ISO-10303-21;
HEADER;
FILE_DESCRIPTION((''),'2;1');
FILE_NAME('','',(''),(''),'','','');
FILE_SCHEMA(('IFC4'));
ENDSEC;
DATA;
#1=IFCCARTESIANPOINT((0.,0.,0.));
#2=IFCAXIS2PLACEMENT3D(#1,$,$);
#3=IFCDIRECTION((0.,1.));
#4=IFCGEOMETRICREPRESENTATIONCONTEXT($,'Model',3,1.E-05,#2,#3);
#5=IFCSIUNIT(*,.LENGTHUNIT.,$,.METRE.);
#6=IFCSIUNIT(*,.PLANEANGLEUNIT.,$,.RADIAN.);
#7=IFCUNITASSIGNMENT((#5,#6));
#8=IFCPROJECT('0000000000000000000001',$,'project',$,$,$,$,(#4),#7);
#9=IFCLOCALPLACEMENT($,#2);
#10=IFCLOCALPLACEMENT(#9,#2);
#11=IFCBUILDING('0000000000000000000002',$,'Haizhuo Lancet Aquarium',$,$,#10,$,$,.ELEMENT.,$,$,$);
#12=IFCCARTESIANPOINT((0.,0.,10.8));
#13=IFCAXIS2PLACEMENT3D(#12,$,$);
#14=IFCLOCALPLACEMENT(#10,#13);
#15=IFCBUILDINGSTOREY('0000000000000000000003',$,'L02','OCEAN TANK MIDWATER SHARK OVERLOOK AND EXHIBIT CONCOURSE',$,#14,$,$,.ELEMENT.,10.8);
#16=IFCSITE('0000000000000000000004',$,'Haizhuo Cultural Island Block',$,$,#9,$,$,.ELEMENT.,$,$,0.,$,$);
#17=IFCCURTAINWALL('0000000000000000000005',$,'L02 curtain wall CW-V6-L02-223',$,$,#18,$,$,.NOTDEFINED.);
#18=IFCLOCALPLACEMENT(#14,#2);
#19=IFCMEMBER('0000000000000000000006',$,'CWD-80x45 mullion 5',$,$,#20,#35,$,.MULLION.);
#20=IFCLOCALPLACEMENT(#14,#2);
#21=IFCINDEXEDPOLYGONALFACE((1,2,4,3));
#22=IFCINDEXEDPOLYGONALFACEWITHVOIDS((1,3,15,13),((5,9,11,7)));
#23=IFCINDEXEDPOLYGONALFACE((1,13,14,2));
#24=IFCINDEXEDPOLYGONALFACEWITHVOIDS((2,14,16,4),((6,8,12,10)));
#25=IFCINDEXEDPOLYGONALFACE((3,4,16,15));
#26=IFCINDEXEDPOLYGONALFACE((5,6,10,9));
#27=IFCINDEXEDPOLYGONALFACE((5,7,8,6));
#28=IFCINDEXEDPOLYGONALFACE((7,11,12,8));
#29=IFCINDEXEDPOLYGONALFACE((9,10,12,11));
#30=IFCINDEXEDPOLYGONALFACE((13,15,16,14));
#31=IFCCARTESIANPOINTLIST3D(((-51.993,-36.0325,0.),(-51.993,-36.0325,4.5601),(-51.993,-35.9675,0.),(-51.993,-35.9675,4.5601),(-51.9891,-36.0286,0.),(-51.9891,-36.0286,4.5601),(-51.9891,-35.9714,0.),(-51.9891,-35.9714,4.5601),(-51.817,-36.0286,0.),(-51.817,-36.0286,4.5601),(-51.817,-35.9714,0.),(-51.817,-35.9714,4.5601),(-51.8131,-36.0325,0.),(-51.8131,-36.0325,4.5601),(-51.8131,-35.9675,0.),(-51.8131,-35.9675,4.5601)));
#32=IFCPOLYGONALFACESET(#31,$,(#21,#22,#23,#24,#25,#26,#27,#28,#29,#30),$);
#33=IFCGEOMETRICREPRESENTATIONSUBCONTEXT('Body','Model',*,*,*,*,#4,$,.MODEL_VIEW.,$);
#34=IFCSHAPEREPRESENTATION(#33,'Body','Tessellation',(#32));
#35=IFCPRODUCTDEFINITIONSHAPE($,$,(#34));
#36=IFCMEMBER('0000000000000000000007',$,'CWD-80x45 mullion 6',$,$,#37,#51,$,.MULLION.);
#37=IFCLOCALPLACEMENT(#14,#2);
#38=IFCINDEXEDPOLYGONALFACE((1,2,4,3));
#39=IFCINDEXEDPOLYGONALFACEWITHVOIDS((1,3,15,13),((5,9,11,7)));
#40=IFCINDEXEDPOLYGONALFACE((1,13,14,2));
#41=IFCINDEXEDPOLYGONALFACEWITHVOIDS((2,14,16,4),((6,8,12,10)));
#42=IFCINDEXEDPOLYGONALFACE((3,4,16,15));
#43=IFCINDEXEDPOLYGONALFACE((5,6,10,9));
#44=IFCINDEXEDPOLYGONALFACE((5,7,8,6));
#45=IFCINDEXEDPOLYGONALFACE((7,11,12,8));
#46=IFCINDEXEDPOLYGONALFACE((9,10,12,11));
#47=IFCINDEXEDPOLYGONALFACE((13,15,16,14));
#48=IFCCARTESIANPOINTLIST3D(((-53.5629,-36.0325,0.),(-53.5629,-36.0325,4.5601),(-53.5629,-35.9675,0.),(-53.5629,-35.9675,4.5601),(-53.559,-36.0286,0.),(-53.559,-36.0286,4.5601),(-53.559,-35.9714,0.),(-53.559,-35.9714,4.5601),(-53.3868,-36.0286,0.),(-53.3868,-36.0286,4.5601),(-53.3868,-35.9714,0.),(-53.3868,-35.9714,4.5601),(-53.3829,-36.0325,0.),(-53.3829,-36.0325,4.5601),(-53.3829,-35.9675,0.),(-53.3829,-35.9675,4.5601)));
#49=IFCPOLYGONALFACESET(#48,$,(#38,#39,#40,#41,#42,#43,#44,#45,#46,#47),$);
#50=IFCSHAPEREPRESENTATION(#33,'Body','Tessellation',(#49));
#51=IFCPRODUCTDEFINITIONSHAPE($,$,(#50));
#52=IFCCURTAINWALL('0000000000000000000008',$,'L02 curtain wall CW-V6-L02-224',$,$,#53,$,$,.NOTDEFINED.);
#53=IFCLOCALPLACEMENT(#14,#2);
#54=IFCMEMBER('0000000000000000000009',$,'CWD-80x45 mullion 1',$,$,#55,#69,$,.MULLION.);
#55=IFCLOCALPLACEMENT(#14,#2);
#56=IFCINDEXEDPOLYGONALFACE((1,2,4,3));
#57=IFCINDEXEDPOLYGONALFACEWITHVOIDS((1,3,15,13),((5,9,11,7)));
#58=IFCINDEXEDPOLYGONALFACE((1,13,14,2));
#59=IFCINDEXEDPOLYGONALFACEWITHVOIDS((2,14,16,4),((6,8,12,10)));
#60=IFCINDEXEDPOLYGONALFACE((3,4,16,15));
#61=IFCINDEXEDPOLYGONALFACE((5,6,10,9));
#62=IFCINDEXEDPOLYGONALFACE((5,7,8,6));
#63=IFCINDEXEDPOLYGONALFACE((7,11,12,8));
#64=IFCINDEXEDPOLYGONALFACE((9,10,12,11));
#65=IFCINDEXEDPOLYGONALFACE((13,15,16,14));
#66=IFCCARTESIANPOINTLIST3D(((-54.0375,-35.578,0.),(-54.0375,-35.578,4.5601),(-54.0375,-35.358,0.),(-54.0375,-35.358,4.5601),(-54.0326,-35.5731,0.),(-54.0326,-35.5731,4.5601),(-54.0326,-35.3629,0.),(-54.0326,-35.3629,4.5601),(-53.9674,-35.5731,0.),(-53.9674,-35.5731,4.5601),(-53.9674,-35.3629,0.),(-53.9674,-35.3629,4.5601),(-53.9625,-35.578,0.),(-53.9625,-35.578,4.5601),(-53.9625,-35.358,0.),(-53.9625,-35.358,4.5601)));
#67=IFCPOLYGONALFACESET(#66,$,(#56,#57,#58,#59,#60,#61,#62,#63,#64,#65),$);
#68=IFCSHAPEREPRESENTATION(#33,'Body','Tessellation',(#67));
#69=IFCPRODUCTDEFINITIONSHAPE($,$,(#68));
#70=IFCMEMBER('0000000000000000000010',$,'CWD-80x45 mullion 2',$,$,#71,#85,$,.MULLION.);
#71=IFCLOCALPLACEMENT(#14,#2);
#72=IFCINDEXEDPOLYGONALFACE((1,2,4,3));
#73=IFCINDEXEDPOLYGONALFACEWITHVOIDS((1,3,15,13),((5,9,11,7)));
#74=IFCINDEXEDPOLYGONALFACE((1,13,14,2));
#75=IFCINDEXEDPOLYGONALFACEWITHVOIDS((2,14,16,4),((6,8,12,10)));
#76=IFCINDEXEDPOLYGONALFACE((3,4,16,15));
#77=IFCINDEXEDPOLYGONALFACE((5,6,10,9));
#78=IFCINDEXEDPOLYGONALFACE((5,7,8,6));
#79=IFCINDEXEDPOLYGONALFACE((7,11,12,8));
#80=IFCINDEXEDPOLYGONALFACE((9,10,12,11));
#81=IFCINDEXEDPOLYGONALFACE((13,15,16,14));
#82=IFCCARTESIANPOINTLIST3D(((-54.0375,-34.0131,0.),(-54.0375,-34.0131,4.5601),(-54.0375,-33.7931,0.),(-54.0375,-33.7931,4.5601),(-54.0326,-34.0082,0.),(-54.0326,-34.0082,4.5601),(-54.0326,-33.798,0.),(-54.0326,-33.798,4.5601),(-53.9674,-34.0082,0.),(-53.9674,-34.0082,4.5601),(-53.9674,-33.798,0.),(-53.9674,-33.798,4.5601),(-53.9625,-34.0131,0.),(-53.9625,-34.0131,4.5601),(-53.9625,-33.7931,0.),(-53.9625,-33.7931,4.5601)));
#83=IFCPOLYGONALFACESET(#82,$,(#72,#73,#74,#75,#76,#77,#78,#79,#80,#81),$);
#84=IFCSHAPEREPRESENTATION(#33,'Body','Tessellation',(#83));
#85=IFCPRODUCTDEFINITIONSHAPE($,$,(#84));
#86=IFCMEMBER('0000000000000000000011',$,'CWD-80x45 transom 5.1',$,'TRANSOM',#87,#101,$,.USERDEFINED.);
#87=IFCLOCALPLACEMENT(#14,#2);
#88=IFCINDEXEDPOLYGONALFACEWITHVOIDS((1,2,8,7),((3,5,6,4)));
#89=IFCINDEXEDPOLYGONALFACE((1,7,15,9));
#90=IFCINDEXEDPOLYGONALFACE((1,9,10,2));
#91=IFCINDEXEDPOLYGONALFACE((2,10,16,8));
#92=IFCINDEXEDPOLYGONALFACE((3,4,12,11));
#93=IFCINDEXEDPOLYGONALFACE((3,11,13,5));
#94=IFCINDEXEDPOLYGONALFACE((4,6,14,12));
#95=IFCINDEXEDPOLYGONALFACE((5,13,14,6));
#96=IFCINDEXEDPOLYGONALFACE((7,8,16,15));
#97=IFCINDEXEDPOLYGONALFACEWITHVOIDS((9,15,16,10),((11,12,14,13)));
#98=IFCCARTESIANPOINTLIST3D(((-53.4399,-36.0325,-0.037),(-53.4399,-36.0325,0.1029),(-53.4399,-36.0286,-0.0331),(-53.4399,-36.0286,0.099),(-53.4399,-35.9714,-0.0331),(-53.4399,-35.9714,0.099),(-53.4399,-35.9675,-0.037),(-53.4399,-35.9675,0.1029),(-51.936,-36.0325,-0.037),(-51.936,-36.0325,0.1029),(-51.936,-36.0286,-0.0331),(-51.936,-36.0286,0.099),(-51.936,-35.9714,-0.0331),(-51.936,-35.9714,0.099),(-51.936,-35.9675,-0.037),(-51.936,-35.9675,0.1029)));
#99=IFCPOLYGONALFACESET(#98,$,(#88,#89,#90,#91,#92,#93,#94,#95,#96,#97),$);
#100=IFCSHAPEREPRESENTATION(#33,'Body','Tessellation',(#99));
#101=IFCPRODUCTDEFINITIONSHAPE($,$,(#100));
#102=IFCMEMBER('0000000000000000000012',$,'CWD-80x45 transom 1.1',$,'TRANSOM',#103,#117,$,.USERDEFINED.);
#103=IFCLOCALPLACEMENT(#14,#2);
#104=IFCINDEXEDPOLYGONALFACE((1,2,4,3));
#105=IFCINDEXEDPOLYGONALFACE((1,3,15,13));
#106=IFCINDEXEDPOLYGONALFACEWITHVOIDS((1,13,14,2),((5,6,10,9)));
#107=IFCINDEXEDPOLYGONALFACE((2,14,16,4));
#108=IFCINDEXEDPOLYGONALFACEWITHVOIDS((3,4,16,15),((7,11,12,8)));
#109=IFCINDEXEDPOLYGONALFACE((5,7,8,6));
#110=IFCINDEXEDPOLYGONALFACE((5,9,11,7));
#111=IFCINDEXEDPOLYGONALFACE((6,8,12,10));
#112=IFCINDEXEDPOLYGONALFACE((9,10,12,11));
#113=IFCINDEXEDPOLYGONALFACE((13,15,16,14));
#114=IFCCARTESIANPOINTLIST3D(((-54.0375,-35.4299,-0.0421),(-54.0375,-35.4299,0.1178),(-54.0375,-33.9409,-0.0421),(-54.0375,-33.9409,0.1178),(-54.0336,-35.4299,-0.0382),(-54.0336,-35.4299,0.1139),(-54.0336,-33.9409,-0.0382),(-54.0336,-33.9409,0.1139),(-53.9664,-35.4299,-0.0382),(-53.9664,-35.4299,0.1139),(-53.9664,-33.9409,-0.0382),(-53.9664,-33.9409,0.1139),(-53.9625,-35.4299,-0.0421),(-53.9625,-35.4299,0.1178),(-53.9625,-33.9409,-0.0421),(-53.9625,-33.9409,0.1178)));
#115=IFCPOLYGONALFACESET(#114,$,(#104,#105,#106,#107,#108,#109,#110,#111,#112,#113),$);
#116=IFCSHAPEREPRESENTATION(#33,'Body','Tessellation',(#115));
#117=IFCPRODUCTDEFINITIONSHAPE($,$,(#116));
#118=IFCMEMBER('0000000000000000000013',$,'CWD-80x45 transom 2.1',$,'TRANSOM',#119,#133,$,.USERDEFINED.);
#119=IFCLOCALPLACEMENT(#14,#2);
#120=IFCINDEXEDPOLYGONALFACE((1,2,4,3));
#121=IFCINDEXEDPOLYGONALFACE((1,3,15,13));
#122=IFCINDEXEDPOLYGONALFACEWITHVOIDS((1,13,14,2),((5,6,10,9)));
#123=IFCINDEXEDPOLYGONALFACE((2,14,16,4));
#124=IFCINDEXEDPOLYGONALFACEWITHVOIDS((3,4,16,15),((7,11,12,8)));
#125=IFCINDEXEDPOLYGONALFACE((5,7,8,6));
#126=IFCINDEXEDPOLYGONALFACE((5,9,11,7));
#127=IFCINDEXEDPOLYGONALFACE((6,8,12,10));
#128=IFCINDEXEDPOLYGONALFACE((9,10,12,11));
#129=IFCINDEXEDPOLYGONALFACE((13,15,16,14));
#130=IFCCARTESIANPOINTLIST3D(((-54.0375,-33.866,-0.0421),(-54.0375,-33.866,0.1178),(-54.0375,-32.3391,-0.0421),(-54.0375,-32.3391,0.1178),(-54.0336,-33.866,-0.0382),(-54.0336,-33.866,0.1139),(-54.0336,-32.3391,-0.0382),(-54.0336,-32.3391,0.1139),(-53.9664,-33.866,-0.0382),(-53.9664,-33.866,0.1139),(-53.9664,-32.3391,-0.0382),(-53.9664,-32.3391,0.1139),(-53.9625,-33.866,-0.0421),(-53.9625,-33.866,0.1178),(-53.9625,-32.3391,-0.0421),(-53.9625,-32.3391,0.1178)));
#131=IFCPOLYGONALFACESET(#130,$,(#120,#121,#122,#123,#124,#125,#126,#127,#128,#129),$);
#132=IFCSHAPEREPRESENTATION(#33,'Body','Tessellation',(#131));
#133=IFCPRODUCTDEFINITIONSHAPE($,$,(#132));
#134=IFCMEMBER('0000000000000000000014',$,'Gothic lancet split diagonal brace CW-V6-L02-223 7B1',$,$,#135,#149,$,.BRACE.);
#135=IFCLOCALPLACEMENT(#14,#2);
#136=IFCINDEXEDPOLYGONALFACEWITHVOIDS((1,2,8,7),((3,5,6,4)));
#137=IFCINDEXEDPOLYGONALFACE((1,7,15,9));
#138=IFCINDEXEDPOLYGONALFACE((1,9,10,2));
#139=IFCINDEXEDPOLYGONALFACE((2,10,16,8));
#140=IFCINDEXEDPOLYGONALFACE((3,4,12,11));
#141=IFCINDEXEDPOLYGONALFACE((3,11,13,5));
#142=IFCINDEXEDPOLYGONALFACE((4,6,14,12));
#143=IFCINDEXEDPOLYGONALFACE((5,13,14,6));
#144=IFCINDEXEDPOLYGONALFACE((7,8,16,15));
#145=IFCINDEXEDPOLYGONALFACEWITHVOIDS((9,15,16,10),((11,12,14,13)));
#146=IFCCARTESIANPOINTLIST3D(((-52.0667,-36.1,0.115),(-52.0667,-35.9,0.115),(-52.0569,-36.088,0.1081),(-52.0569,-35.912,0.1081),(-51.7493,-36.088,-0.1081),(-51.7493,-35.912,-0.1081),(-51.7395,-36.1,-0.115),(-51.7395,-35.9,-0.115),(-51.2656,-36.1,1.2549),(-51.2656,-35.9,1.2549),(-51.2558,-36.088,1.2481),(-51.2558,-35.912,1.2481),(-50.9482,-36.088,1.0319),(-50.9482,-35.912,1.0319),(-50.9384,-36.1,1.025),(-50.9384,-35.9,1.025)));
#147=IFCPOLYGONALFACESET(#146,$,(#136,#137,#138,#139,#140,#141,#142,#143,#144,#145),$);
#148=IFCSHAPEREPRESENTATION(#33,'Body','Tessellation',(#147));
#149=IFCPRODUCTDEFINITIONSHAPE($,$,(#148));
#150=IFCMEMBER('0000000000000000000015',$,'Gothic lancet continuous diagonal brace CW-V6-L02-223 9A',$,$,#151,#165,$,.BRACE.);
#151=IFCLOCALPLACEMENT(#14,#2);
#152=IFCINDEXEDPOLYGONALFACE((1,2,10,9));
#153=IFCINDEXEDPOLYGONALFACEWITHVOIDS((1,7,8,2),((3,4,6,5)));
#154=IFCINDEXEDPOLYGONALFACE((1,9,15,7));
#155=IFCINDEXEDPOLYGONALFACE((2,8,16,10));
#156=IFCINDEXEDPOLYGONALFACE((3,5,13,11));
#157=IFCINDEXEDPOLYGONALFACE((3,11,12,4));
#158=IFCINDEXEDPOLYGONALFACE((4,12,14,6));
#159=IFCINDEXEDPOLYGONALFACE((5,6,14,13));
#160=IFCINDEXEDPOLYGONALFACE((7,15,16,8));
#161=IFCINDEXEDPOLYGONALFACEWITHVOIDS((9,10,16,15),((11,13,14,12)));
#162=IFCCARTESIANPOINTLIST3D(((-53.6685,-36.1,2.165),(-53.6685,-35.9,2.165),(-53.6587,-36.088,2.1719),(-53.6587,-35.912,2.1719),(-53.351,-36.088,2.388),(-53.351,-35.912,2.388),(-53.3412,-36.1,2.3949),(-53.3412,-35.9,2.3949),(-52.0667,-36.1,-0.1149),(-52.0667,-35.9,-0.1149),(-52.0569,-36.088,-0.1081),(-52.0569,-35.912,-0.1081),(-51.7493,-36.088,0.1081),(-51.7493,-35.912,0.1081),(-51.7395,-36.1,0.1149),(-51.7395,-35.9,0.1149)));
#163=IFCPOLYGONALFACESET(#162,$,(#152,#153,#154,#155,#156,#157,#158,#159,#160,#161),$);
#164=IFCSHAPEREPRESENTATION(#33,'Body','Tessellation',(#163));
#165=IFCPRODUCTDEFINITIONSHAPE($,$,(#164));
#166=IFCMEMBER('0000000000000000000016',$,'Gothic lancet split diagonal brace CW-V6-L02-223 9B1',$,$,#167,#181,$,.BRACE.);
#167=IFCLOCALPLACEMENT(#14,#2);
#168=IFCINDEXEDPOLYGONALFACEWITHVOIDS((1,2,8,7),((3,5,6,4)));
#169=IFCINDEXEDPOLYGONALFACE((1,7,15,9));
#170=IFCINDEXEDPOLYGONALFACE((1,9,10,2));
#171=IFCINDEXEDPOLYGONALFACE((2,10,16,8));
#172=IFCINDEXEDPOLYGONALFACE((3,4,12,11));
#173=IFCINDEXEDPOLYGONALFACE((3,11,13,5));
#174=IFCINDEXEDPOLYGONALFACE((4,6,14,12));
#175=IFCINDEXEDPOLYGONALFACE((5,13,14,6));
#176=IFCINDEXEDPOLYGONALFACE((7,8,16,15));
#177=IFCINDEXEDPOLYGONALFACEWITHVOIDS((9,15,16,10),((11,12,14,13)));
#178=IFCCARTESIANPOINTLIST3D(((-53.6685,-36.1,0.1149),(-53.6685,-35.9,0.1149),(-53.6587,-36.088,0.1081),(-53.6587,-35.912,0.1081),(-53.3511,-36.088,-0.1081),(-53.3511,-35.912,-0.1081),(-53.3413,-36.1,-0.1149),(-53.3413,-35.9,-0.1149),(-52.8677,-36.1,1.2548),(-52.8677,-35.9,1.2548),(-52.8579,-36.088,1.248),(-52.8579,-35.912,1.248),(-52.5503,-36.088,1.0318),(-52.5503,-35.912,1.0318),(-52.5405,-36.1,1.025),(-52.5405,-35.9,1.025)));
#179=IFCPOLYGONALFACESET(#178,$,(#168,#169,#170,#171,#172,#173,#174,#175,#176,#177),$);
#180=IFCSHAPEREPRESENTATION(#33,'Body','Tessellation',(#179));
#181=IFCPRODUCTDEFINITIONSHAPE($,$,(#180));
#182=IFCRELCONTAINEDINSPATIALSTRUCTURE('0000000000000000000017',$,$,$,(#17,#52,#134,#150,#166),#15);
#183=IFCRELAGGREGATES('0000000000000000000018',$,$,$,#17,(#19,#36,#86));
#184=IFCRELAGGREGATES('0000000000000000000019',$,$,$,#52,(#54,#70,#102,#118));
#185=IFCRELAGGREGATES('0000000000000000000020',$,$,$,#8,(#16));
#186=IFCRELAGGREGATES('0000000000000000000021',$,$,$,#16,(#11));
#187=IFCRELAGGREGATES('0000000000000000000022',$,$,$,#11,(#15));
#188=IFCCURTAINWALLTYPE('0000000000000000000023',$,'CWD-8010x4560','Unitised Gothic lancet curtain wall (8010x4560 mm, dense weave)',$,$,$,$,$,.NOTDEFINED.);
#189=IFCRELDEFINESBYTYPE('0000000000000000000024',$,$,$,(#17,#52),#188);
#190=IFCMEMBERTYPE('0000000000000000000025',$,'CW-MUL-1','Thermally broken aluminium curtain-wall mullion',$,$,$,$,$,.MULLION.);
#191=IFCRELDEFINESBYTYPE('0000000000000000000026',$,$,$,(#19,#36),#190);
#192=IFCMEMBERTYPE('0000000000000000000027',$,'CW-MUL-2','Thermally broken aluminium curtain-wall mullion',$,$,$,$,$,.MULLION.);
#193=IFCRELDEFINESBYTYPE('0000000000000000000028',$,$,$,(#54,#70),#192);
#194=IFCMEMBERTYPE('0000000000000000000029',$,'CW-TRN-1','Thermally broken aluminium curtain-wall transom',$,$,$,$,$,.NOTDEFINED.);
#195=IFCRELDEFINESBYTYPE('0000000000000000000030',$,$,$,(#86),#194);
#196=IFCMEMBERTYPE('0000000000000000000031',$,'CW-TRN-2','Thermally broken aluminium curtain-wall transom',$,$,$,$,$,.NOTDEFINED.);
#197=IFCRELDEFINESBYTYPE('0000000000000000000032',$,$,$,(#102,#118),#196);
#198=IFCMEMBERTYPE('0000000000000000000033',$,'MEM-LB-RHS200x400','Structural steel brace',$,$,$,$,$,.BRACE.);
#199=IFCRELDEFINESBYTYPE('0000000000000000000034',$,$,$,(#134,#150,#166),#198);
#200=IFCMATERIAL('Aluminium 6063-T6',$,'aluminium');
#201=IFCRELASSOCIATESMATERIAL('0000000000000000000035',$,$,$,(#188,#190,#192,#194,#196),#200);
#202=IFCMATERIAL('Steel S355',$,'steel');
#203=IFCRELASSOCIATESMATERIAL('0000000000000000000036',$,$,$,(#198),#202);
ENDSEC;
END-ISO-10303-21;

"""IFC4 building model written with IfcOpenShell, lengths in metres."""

from ifc_helpers import new_model, si_unit, direction, frame, origin, origin_2d, place, context, subcontext, project, spatial, hollow_rectangle, extrude, material, material_profile, profile_set, type_object, element, aggregate, save


model = new_model("IFC4")

# Units and contexts
model_context = context("Model", 3, precision=1e-05, world=origin(), true_north=direction((0.0, 1.0)))
body_context = subcontext(model_context, "Body", "Model", "MODEL_VIEW")
ifc_project = project(units=[si_unit("LENGTHUNIT", "METRE"), si_unit("PLANEANGLEUNIT", "RADIAN")], contexts=[model_context])

# Site, building, storey
site_placement = place(None, origin())
site = spatial("IfcSite", under=ifc_project, at=site_placement, Name="Haizhuo Cultural Island Block", CompositionType="ELEMENT", RefElevation=0.0)
building_placement = place(site_placement, origin())
building = spatial("IfcBuilding", under=site, at=building_placement, Name="Haizhuo Lancet Aquarium", CompositionType="ELEMENT")
storey_placement = place(building_placement, frame((0.0, 0.0, 10.8)))
storey = spatial("IfcBuildingStorey", under=building, at=storey_placement, Name="L02", Description="OCEAN TANK MIDWATER SHARK OVERLOOK AND EXHIBIT CONCOURSE", CompositionType="ELEMENT", Elevation=10.8)

# Curtain walls, members
ifc_material_1 = material(Name="Aluminium 6063-T6", Category="aluminium")
curtain_wall_type = type_object("IfcCurtainWallType", Name="CWD-8010x4560", Description="Unitised Gothic lancet curtain wall (8010x4560 mm, dense weave)", PredefinedType="NOTDEFINED", material=ifc_material_1)
curtain_wall_1_placement = place(storey_placement, origin())
curtain_wall_1 = element("IfcCurtainWall", 1, at=curtain_wall_1_placement, inside=storey, type_object=curtain_wall_type, Name="L02 curtain wall CW-V6-L02-223", PredefinedType="NOTDEFINED")
ifc_material_profile_1 = material_profile(ifc_material_1, hollow_rectangle(XDim=0.0649, YDim=0.1799, WallThickness=0.0039, at=origin_2d()), Name="ALU-M 65x180x4")
ifc_profile_set_1 = profile_set([ifc_material_profile_1], Name="Aluminium 6063-T6")
member_type_1 = type_object("IfcMemberType", Name="CW-MUL-1", Description="Thermally broken aluminium curtain-wall mullion", PredefinedType="MULLION", material=ifc_profile_set_1)
member_1_placement = place(storey_placement, frame((-51.9031, -36.0, 0.0), z_axis=(0.0, 0.0, 1.0), x_axis=(0.0, -1.0, 0.0)))
member_1 = element("IfcMember", 2, at=member_1_placement, type_object=member_type_1, Name="CWD-80x45 mullion 5", PredefinedType="MULLION", context=body_context, shape_type="SweptSolid", body=[
    extrude(hollow_rectangle(XDim=0.0649, YDim=0.1799, WallThickness=0.0039, at=origin_2d()), origin(), (0.0, 0.0, 1.0), 4.5601),
])
member_2_placement = place(storey_placement, frame((-53.4729, -36.0, 0.0), z_axis=(0.0, 0.0, 1.0), x_axis=(0.0, -1.0, 0.0)))
member_2 = element("IfcMember", 3, at=member_2_placement, type_object=member_type_1, Name="CWD-80x45 mullion 6", PredefinedType="MULLION", context=body_context, shape_type="SweptSolid", body=[
    extrude(hollow_rectangle(XDim=0.0649, YDim=0.1799, WallThickness=0.0039, at=origin_2d()), origin(), (0.0, 0.0, 1.0), 4.5601),
])
curtain_wall_2_placement = place(storey_placement, origin())
curtain_wall_2 = element("IfcCurtainWall", 4, at=curtain_wall_2_placement, inside=storey, type_object=curtain_wall_type, Name="L02 curtain wall CW-V6-L02-224", PredefinedType="NOTDEFINED")
ifc_material_profile_2 = material_profile(ifc_material_1, hollow_rectangle(XDim=0.075, YDim=0.22, WallThickness=0.0049, at=origin_2d()), Name="ALU-M 75x220x5")
ifc_profile_set_2 = profile_set([ifc_material_profile_2], Name="Aluminium 6063-T6")
member_type_2 = type_object("IfcMemberType", Name="CW-MUL-2", Description="Thermally broken aluminium curtain-wall mullion", PredefinedType="MULLION", material=ifc_profile_set_2)
member_3_placement = place(storey_placement, frame((-54.0, -35.468, 0.0), z_axis=(0.0, 0.0, 1.0), x_axis=(-1.0, 0.0, 0.0)))
member_3 = element("IfcMember", 5, at=member_3_placement, type_object=member_type_2, Name="CWD-80x45 mullion 1", PredefinedType="MULLION", context=body_context, shape_type="SweptSolid", body=[
    extrude(hollow_rectangle(XDim=0.075, YDim=0.22, WallThickness=0.0049, at=origin_2d()), origin(), (0.0, 0.0, 1.0), 4.5601),
])
member_4_placement = place(storey_placement, frame((-54.0, -33.9031, 0.0), z_axis=(0.0, 0.0, 1.0), x_axis=(-1.0, 0.0, 0.0)))
member_4 = element("IfcMember", 6, at=member_4_placement, type_object=member_type_2, Name="CWD-80x45 mullion 2", PredefinedType="MULLION", context=body_context, shape_type="SweptSolid", body=[
    extrude(hollow_rectangle(XDim=0.075, YDim=0.22, WallThickness=0.0049, at=origin_2d()), origin(), (0.0, 0.0, 1.0), 4.5601),
])

# Members
ifc_material_profile_3 = material_profile(ifc_material_1, hollow_rectangle(XDim=0.0649, YDim=0.1399, WallThickness=0.0039, at=origin_2d()), Name="ALU-T 65x140x4")
ifc_profile_set_3 = profile_set([ifc_material_profile_3], Name="Aluminium 6063-T6")
member_type_3 = type_object("IfcMemberType", Name="CW-TRN-1", Description="Thermally broken aluminium curtain-wall transom", PredefinedType="NOTDEFINED", material=ifc_profile_set_3)
member_5_placement = place(storey_placement, frame((-51.936, -36.0, 0.033), z_axis=(-1.0, 0.0, 0.0), x_axis=(0.0, -1.0, 0.0)))
member_5 = element("IfcMember", 7, at=member_5_placement, type_object=member_type_3, Name="CWD-80x45 transom 5.1", ObjectType="TRANSOM", PredefinedType="USERDEFINED", context=body_context, shape_type="SweptSolid", body=[
    extrude(hollow_rectangle(XDim=0.0649, YDim=0.1399, WallThickness=0.0039, at=origin_2d()), origin(), (0.0, 0.0, 1.0), 1.5039),
])
ifc_material_profile_4 = material_profile(ifc_material_1, hollow_rectangle(XDim=0.075, YDim=0.1599, WallThickness=0.0039, at=origin_2d()), Name="ALU-T 75x160x4")
ifc_profile_set_4 = profile_set([ifc_material_profile_4], Name="Aluminium 6063-T6")
member_type_4 = type_object("IfcMemberType", Name="CW-TRN-2", Description="Thermally broken aluminium curtain-wall transom", PredefinedType="NOTDEFINED", material=ifc_profile_set_4)
member_6_placement = place(storey_placement, frame((-54.0, -35.4299, 0.0378), z_axis=(0.0, 1.0, 0.0), x_axis=(-1.0, 0.0, 0.0)))
member_6 = element("IfcMember", 8, at=member_6_placement, type_object=member_type_4, Name="CWD-80x45 transom 1.1", ObjectType="TRANSOM", PredefinedType="USERDEFINED", context=body_context, shape_type="SweptSolid", body=[
    extrude(hollow_rectangle(XDim=0.075, YDim=0.1599, WallThickness=0.0039, at=origin_2d()), origin(), (0.0, 0.0, 1.0), 1.489),
])
member_7_placement = place(storey_placement, frame((-54.0, -33.866, 0.0378), z_axis=(0.0, 1.0, 0.0), x_axis=(-1.0, 0.0, 0.0)))
member_7 = element("IfcMember", 9, at=member_7_placement, type_object=member_type_4, Name="CWD-80x45 transom 2.1", ObjectType="TRANSOM", PredefinedType="USERDEFINED", context=body_context, shape_type="SweptSolid", body=[
    extrude(hollow_rectangle(XDim=0.075, YDim=0.1599, WallThickness=0.0039, at=origin_2d()), origin(), (0.0, 0.0, 1.0), 1.5269),
])

# Members
ifc_material_2 = material(Name="Steel S355", Category="steel")
ifc_material_profile_5 = material_profile(ifc_material_2, hollow_rectangle(XDim=0.2, YDim=0.3999, WallThickness=0.012, at=origin_2d()), Name="RHS 200x400x12")
ifc_profile_set_5 = profile_set([ifc_material_profile_5], Name="Steel S355")
member_type_5 = type_object("IfcMemberType", Name="MEM-LB-RHS200x400", Description="Structural steel brace", PredefinedType="BRACE", material=ifc_profile_set_5)
member_8_placement = place(storey_placement, frame((-51.9031, -36.0, 0.0), z_axis=(0.574955, 0.0, 0.818185), x_axis=(0.0, 1.0, 0.0)))
element("IfcMember", 10, at=member_8_placement, inside=storey, type_object=member_type_5, Name="Gothic lancet split diagonal brace CW-V6-L02-223 7B1", PredefinedType="BRACE", context=body_context, shape_type="SweptSolid", body=[
    extrude(hollow_rectangle(XDim=0.2, YDim=0.3999, WallThickness=0.012, at=origin_2d()), origin(), (0.0, 0.0, 1.0), 1.3933),
])
member_9_placement = place(storey_placement, frame((-51.9031, -36.0, 0.0), z_axis=(-0.574855, 0.0, 0.818255), x_axis=(0.0, -1.0, 0.0)))
element("IfcMember", 11, at=member_9_placement, inside=storey, type_object=member_type_5, Name="Gothic lancet continuous diagonal brace CW-V6-L02-223 9A", PredefinedType="BRACE", context=body_context, shape_type="SweptSolid", body=[
    extrude(hollow_rectangle(XDim=0.2, YDim=0.3999, WallThickness=0.012, at=origin_2d()), origin(), (0.0, 0.0, 1.0), 2.7864),
])
member_10_placement = place(storey_placement, frame((-53.5049, -36.0, 0.0), z_axis=(0.574838, 0.0, 0.818267), x_axis=(0.0, 1.0, 0.0)))
element("IfcMember", 12, at=member_10_placement, inside=storey, type_object=member_type_5, Name="Gothic lancet split diagonal brace CW-V6-L02-223 9B1", PredefinedType="BRACE", context=body_context, shape_type="SweptSolid", body=[
    extrude(hollow_rectangle(XDim=0.2, YDim=0.3999, WallThickness=0.012, at=origin_2d()), origin(), (0.0, 0.0, 1.0), 1.3931),
])

aggregate(curtain_wall_1, [member_1, member_2, member_5])
aggregate(curtain_wall_2, [member_3, member_4, member_6, member_7])

save(model, "model.ifc")
